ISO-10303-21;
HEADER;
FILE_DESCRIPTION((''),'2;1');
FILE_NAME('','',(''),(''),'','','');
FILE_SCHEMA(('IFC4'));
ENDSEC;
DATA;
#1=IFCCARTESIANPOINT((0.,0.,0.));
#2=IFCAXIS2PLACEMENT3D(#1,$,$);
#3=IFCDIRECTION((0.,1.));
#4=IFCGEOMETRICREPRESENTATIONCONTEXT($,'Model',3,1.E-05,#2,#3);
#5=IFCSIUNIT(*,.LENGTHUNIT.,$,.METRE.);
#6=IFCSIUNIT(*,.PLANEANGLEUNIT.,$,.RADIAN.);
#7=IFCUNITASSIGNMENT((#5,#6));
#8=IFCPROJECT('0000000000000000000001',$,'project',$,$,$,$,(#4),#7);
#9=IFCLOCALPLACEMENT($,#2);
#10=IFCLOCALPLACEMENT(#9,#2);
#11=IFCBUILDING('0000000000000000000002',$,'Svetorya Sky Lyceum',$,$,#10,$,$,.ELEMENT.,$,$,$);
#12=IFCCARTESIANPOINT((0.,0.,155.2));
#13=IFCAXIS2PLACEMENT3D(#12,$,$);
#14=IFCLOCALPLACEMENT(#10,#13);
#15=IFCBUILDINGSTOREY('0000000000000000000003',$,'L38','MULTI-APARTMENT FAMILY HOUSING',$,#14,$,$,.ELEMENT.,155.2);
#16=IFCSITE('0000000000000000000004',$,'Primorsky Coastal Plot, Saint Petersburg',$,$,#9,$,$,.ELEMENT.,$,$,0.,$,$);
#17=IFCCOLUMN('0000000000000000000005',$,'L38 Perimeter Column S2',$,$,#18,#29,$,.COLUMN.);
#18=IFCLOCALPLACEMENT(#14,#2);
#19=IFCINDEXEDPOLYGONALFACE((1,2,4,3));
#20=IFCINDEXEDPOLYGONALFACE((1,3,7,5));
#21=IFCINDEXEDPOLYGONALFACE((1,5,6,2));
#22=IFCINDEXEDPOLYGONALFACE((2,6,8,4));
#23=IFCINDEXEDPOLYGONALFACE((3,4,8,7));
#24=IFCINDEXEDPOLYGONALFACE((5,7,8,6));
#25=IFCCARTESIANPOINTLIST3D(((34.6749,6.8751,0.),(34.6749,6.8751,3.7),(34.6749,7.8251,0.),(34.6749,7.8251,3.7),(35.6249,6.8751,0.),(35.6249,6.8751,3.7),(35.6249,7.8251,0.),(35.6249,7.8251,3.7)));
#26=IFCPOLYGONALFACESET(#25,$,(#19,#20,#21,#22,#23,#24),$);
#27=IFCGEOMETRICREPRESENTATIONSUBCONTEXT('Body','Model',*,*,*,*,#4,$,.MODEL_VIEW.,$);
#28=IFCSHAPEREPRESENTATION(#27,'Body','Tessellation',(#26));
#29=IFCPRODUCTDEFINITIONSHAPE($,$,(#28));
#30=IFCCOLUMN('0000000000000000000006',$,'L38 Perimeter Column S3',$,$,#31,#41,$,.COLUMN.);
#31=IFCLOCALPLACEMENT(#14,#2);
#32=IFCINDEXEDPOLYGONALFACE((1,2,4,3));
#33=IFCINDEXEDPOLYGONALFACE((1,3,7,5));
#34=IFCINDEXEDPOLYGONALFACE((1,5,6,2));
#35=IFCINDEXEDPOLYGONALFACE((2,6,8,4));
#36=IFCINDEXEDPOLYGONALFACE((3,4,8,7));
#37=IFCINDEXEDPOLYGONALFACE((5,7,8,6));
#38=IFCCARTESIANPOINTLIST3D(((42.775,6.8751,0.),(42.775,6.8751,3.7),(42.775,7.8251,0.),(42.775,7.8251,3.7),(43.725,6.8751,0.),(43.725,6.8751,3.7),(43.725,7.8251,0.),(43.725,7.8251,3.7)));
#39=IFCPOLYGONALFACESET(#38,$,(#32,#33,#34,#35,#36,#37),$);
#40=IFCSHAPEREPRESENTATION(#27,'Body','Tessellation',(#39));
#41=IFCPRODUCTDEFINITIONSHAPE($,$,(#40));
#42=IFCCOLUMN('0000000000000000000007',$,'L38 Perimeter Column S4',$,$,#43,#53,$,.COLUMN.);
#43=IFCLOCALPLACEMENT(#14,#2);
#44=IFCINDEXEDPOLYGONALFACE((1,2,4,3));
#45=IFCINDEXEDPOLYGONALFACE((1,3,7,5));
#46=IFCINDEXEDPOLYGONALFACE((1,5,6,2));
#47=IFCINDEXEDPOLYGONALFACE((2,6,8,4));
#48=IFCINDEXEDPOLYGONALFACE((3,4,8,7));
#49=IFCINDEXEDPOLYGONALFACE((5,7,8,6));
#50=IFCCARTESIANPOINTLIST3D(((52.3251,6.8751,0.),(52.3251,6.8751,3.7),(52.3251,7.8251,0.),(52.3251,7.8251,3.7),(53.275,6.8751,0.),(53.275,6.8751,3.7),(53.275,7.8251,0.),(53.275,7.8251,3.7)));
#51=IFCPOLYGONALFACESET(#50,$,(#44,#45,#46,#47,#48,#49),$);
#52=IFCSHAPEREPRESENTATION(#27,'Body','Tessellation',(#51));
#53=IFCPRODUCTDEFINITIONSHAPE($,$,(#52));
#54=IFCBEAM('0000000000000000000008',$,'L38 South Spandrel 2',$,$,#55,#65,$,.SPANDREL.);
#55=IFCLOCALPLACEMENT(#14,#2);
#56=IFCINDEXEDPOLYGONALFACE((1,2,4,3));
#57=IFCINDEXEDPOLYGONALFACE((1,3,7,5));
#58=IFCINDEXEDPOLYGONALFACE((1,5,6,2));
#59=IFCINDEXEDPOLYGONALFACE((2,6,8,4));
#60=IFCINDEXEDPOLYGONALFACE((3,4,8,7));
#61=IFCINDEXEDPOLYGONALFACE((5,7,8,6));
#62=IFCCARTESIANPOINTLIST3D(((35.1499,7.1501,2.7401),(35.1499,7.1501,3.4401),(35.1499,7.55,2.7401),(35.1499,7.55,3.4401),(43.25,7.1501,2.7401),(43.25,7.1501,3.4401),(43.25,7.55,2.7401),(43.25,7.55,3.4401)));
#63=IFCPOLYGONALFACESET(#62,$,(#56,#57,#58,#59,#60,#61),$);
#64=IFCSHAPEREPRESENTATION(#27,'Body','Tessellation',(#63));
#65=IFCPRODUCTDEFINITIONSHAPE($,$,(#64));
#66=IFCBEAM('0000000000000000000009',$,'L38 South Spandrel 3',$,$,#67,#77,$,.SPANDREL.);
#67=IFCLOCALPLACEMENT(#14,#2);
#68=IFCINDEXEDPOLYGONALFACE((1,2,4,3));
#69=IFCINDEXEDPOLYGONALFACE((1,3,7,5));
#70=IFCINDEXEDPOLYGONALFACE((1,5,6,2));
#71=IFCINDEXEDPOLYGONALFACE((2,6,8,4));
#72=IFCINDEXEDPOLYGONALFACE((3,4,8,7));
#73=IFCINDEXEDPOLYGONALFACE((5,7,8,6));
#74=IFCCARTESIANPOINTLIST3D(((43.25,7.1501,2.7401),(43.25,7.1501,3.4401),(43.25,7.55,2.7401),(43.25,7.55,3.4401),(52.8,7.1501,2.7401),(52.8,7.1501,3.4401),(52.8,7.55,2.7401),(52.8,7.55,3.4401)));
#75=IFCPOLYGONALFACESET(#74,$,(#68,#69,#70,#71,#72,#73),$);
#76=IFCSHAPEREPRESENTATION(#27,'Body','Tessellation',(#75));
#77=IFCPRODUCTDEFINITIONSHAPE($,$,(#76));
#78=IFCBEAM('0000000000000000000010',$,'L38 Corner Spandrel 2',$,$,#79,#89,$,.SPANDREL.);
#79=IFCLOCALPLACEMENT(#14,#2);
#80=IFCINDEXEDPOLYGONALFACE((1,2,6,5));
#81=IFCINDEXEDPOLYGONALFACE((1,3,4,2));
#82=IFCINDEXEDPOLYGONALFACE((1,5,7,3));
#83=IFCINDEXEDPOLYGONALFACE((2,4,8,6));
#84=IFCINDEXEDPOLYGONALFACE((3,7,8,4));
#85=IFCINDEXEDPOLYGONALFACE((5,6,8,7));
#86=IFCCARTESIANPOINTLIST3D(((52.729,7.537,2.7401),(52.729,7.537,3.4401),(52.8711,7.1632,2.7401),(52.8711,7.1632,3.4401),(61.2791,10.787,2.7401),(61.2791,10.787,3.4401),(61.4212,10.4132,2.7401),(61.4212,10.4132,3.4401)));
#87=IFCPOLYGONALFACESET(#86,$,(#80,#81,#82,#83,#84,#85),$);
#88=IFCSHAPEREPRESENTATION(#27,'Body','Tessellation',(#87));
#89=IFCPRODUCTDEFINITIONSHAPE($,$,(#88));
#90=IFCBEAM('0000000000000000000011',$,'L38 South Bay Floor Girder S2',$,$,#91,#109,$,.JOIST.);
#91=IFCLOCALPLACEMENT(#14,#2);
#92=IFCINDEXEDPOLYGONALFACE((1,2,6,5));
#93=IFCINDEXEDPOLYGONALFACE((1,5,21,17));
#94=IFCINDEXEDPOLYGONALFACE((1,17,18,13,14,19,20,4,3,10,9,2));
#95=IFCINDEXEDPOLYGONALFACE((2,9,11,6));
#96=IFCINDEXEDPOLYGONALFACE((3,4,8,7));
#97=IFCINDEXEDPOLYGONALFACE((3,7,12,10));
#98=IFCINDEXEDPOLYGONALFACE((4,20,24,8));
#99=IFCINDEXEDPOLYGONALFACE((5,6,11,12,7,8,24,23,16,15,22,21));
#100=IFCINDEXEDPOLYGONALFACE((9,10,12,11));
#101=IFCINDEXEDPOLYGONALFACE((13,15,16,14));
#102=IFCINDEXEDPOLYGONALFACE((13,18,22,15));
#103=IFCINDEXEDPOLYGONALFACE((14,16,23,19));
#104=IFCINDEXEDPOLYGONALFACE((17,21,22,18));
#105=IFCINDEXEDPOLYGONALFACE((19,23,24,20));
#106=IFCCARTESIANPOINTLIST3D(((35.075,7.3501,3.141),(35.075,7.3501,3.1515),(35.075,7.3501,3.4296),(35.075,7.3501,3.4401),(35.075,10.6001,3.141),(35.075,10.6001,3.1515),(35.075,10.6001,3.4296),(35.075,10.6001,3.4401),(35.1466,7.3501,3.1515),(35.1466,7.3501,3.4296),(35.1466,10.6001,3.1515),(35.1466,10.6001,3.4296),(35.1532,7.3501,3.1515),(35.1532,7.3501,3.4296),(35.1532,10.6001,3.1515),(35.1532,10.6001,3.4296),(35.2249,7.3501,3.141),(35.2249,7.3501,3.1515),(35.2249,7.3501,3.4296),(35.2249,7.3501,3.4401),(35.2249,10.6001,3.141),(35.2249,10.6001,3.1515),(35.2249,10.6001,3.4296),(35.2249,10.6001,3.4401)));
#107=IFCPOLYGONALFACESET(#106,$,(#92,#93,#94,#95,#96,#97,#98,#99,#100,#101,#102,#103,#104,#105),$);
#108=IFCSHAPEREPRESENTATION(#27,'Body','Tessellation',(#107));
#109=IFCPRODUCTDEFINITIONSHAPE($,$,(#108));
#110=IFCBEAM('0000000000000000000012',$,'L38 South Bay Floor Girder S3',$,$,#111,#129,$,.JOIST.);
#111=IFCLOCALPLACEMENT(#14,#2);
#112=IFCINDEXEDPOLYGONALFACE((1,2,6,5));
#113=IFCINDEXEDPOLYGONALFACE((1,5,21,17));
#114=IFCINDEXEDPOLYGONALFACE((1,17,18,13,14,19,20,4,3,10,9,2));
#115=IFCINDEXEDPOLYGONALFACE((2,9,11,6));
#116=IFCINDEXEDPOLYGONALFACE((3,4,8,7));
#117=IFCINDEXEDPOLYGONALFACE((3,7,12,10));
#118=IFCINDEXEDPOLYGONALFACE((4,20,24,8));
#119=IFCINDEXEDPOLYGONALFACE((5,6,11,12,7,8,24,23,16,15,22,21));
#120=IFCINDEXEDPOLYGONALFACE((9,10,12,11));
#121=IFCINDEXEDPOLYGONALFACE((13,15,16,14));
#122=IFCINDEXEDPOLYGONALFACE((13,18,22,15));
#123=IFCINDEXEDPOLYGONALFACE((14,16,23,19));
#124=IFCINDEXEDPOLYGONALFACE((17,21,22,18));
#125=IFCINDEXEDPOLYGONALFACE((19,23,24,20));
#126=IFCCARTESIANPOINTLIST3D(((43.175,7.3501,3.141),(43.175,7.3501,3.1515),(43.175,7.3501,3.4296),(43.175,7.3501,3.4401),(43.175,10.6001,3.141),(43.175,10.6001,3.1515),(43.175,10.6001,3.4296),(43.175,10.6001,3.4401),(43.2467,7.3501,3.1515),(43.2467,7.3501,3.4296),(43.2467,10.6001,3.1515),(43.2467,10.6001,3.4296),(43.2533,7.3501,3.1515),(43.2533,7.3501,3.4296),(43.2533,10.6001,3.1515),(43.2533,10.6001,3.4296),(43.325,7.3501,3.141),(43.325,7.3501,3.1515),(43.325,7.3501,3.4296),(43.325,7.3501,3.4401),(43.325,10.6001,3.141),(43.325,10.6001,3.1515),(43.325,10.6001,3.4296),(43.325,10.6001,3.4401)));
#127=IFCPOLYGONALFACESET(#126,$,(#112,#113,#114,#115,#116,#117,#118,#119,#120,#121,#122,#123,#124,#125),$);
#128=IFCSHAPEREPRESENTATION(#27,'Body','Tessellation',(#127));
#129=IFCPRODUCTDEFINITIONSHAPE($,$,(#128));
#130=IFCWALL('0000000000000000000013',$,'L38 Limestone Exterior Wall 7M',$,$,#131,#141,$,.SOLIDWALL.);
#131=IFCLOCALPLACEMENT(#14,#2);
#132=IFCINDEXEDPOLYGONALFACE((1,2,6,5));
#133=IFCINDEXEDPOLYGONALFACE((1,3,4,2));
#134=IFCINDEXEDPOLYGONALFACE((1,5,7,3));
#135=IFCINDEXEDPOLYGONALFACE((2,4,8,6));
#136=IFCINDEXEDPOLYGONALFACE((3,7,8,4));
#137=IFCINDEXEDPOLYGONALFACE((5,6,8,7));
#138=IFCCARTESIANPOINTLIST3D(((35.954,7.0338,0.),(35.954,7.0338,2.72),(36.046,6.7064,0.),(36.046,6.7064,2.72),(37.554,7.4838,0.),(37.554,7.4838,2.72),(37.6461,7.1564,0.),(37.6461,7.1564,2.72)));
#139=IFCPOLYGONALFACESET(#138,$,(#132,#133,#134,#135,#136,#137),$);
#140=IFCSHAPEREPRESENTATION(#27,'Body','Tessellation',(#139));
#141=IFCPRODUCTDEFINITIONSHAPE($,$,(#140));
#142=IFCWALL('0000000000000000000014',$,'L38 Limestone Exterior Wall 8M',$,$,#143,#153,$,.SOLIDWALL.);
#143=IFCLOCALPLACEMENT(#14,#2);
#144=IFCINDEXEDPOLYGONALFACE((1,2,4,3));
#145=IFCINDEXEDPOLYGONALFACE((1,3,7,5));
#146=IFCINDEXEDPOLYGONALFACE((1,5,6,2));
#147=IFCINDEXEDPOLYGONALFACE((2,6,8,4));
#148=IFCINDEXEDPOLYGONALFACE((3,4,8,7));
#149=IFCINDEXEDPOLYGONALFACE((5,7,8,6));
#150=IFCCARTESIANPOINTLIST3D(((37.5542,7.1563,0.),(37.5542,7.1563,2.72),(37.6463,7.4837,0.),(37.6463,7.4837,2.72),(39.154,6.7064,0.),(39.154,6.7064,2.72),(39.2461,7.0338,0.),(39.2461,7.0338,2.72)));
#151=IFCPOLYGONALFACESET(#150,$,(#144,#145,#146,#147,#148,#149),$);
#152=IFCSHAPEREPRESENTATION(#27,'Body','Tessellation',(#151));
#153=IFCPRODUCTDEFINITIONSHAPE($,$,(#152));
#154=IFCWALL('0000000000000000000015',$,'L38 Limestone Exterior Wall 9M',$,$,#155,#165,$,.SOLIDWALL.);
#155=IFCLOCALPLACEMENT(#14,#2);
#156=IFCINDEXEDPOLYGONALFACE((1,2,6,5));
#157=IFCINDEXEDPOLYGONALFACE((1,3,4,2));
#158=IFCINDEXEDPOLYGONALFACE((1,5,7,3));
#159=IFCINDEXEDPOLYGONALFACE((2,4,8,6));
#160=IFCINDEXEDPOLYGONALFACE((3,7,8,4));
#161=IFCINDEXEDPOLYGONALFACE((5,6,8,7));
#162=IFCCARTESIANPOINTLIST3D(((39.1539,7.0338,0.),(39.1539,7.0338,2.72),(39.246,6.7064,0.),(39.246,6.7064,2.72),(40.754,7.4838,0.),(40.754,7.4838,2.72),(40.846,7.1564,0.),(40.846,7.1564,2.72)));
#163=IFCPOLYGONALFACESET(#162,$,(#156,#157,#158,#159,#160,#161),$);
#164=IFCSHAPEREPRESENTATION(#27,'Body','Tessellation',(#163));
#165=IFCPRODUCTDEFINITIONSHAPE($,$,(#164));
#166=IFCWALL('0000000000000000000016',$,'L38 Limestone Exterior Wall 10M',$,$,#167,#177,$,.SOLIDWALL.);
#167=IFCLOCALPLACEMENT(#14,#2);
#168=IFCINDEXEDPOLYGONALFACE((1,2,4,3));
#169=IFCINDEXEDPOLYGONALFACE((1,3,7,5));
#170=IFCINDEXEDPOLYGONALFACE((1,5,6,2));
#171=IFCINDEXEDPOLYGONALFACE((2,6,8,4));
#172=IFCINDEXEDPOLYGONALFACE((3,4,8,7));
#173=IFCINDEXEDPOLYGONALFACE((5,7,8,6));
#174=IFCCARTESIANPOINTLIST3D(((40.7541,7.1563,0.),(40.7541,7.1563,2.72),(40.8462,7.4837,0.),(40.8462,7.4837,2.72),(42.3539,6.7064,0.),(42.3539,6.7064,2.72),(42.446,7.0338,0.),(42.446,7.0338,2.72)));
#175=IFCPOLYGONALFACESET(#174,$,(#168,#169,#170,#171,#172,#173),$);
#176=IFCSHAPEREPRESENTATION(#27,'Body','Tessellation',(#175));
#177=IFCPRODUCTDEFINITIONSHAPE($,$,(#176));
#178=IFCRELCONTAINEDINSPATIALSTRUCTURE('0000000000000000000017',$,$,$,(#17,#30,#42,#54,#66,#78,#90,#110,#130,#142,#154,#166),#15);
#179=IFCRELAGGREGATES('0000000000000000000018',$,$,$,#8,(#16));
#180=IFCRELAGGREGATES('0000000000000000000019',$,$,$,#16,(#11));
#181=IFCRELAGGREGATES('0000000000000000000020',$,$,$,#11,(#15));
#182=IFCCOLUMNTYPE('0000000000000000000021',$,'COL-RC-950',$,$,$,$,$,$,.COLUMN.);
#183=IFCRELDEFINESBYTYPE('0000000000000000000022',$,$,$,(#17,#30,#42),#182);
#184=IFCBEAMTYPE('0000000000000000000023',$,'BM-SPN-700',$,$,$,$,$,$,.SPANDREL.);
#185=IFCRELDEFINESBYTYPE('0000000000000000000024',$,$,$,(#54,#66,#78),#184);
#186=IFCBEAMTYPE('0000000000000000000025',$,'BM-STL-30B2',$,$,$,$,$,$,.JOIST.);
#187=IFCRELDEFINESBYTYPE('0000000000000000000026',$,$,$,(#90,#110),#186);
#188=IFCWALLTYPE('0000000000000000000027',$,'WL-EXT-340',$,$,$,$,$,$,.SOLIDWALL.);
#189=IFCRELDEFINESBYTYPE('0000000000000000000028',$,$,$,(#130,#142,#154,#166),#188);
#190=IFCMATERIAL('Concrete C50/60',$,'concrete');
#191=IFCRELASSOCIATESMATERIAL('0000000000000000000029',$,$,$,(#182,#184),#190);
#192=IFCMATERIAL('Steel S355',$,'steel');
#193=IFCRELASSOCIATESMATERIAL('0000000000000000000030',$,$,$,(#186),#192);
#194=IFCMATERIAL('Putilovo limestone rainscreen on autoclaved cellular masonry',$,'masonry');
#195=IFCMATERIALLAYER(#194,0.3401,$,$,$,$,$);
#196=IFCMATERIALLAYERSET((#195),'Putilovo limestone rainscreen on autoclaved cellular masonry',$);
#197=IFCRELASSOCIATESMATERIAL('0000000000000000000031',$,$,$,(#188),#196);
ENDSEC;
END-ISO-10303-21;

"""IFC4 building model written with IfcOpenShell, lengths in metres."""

from ifc_helpers import new_model, si_unit, direction, frame, frame_2d, origin, origin_2d, place, context, subcontext, project, spatial, rectangle, i_section, extrude, material, layer, layer_set, material_profile, profile_set, type_object, element, save


model = new_model("IFC4")

# Units and contexts
model_context = context("Model", 3, precision=1e-05, world=origin(), true_north=direction((0.0, 1.0)))
body_context = subcontext(model_context, "Body", "Model", "MODEL_VIEW")
ifc_project = project(units=[si_unit("LENGTHUNIT", "METRE"), si_unit("PLANEANGLEUNIT", "RADIAN")], contexts=[model_context])

# Site, building, storey
site_placement = place(None, origin())
site = spatial("IfcSite", under=ifc_project, at=site_placement, Name="Primorsky Coastal Plot, Saint Petersburg", CompositionType="ELEMENT", RefElevation=0.0)
building_placement = place(site_placement, origin())
building = spatial("IfcBuilding", under=site, at=building_placement, Name="Svetorya Sky Lyceum", CompositionType="ELEMENT")
storey_placement = place(building_placement, frame((0.0, 0.0, 155.2)))
storey = spatial("IfcBuildingStorey", under=building, at=storey_placement, Name="L38", Description="MULTI-APARTMENT FAMILY HOUSING", CompositionType="ELEMENT", Elevation=155.2)

# Columns
ifc_material_1 = material(Name="Concrete C50/60", Category="concrete")
ifc_material_profile_1 = material_profile(ifc_material_1, rectangle(XDim=0.95, YDim=0.95, at=origin_2d()), Name="RC COL 950x950")
ifc_profile_set_1 = profile_set([ifc_material_profile_1], Name="Concrete C50/60")
column_type = type_object("IfcColumnType", Name="COL-RC-950", PredefinedType="COLUMN", material=ifc_profile_set_1)
for number, where, z_axis, x_axis, name in (
    (1, (35.1499, 7.3501, 0.0), (0.0, 0.0, 1.0), (1.0, 0.0, 0.0), "L38 Perimeter Column S2"),
    (2, (43.25, 7.3501, 0.0), (0.0, 0.0, 1.0), (1.0, 0.0, 0.0), "L38 Perimeter Column S3"),
    (3, (52.8, 7.3501, 0.0), (0.0, 0.0, 1.0), (1.0, 0.0, 0.0), "L38 Perimeter Column S4"),
):
    element("IfcColumn", number, at=place(storey_placement, frame(where, z_axis=z_axis, x_axis=x_axis)), inside=storey, type_object=column_type, Name=name, PredefinedType="COLUMN", context=body_context, shape_type="SweptSolid", body=[
        extrude(rectangle(XDim=0.95, YDim=0.95, at=origin_2d()), origin(), (0.0, 0.0, 1.0), 3.7),
    ])

# Beams
ifc_material_profile_2 = material_profile(ifc_material_1, rectangle(XDim=0.3999, YDim=0.7, at=origin_2d()), Name="RC SPANDREL 400x700")
ifc_profile_set_2 = profile_set([ifc_material_profile_2], Name="Concrete C50/60")
beam_type_1 = type_object("IfcBeamType", Name="BM-SPN-700", PredefinedType="SPANDREL", material=ifc_profile_set_2)
beam_1_placement = place(storey_placement, frame((35.1499, 7.3501, 3.0901), z_axis=(1.0, 0.0, 0.0), x_axis=(0.0, 1.0, 0.0)))
element("IfcBeam", 4, at=beam_1_placement, inside=storey, type_object=beam_type_1, Name="L38 South Spandrel 2", PredefinedType="SPANDREL", context=body_context, shape_type="SweptSolid", body=[
    extrude(rectangle(XDim=0.3999, YDim=0.7, at=origin_2d()), origin(), (0.0, 0.0, 1.0), 8.1001),
])
beam_2_placement = place(storey_placement, frame((43.25, 7.3501, 3.0901), z_axis=(1.0, 0.0, 0.0), x_axis=(0.0, 1.0, 0.0)))
element("IfcBeam", 5, at=beam_2_placement, inside=storey, type_object=beam_type_1, Name="L38 South Spandrel 3", PredefinedType="SPANDREL", context=body_context, shape_type="SweptSolid", body=[
    extrude(rectangle(XDim=0.3999, YDim=0.7, at=origin_2d()), origin(), (0.0, 0.0, 1.0), 9.55),
])
beam_3_placement = place(storey_placement, frame((52.8, 7.3501, 3.0901), z_axis=(0.934748, 0.355312, 0.0), x_axis=(-0.355312, 0.934748, 0.0)))
element("IfcBeam", 6, at=beam_3_placement, inside=storey, type_object=beam_type_1, Name="L38 Corner Spandrel 2", PredefinedType="SPANDREL", context=body_context, shape_type="SweptSolid", body=[
    extrude(rectangle(XDim=0.3999, YDim=0.7, at=origin_2d()), origin(), (0.0, 0.0, 1.0), 9.147),
])
ifc_material_2 = material(Name="Steel S355", Category="steel")
ifc_material_profile_3 = material_profile(ifc_material_2, i_section(OverallWidth=0.1499, OverallDepth=0.2991, WebThickness=0.0066, FlangeThickness=0.0105, at=origin_2d()), Name="GOST 30B2")
ifc_profile_set_3 = profile_set([ifc_material_profile_3], Name="Steel S355")
beam_type_2 = type_object("IfcBeamType", Name="BM-STL-30B2", PredefinedType="JOIST", material=ifc_profile_set_3)
for number, where, z_axis, x_axis, name in (
    (7, (35.1499, 7.3501, 3.2905), (0.0, 1.0, 0.0), (-1.0, 0.0, 0.0), "L38 South Bay Floor Girder S2"),
    (8, (43.25, 7.3501, 3.2905), (0.0, 1.0, 0.0), (-1.0, 0.0, 0.0), "L38 South Bay Floor Girder S3"),
):
    element("IfcBeam", number, at=place(storey_placement, frame(where, z_axis=z_axis, x_axis=x_axis)), inside=storey, type_object=beam_type_2, Name=name, PredefinedType="JOIST", context=body_context, shape_type="SweptSolid", body=[
        extrude(i_section(OverallWidth=0.1499, OverallDepth=0.2991, WebThickness=0.0066, FlangeThickness=0.0105, at=origin_2d()), origin(), (0.0, 0.0, 1.0), 3.25),
    ])

# Walls
ifc_material_3 = material(Name="Putilovo limestone rainscreen on autoclaved cellular masonry", Category="masonry")
ifc_layer_1 = layer(ifc_material_3, 0.3401)
ifc_layer_set_1 = layer_set([ifc_layer_1], Name="Putilovo limestone rainscreen on autoclaved cellular masonry")
wall_type_1 = type_object("IfcWallType", Name="WL-EXT-340", PredefinedType="SOLIDWALL", material=ifc_layer_set_1)
wall_1_placement = place(storey_placement, frame((36.0, 6.8701, 0.0), z_axis=(0.0, 0.0, 1.0), x_axis=(0.962663, 0.270703, 0.0)))
element("IfcWall", 9, at=wall_1_placement, inside=storey, type_object=wall_type_1, Name="L38 Limestone Exterior Wall 7M", PredefinedType="SOLIDWALL", context=body_context, shape_type="SweptSolid", body=[
    extrude(rectangle(XDim=1.6621, YDim=0.3401, at=frame_2d((0.8311, 0.0))), origin(), (0.0, 0.0, 1.0), 2.72),
])
wall_2_placement = place(storey_placement, frame((37.6001, 7.3201, 0.0), z_axis=(0.0, 0.0, 1.0), x_axis=(0.962652, -0.270741, 0.0)))
element("IfcWall", 10, at=wall_2_placement, inside=storey, type_object=wall_type_1, Name="L38 Limestone Exterior Wall 8M", PredefinedType="SOLIDWALL", context=body_context, shape_type="SweptSolid", body=[
    extrude(rectangle(XDim=1.6619, YDim=0.3401, at=frame_2d((0.8311, 0.0))), origin(), (0.0, 0.0, 1.0), 2.72),
])
wall_3_placement = place(storey_placement, frame((39.2, 6.8701, 0.0), z_axis=(0.0, 0.0, 1.0), x_axis=(0.962663, 0.270703, 0.0)))
element("IfcWall", 11, at=wall_3_placement, inside=storey, type_object=wall_type_1, Name="L38 Limestone Exterior Wall 9M", PredefinedType="SOLIDWALL", context=body_context, shape_type="SweptSolid", body=[
    extrude(rectangle(XDim=1.6621, YDim=0.3401, at=frame_2d((0.8311, 0.0))), origin(), (0.0, 0.0, 1.0), 2.72),
])
wall_4_placement = place(storey_placement, frame((40.8, 7.3201, 0.0), z_axis=(0.0, 0.0, 1.0), x_axis=(0.962652, -0.270741, 0.0)))
element("IfcWall", 12, at=wall_4_placement, inside=storey, type_object=wall_type_1, Name="L38 Limestone Exterior Wall 10M", PredefinedType="SOLIDWALL", context=body_context, shape_type="SweptSolid", body=[
    extrude(rectangle(XDim=1.6619, YDim=0.3401, at=frame_2d((0.8311, 0.0))), origin(), (0.0, 0.0, 1.0), 2.72),
])

save(model, "model.ifc")
